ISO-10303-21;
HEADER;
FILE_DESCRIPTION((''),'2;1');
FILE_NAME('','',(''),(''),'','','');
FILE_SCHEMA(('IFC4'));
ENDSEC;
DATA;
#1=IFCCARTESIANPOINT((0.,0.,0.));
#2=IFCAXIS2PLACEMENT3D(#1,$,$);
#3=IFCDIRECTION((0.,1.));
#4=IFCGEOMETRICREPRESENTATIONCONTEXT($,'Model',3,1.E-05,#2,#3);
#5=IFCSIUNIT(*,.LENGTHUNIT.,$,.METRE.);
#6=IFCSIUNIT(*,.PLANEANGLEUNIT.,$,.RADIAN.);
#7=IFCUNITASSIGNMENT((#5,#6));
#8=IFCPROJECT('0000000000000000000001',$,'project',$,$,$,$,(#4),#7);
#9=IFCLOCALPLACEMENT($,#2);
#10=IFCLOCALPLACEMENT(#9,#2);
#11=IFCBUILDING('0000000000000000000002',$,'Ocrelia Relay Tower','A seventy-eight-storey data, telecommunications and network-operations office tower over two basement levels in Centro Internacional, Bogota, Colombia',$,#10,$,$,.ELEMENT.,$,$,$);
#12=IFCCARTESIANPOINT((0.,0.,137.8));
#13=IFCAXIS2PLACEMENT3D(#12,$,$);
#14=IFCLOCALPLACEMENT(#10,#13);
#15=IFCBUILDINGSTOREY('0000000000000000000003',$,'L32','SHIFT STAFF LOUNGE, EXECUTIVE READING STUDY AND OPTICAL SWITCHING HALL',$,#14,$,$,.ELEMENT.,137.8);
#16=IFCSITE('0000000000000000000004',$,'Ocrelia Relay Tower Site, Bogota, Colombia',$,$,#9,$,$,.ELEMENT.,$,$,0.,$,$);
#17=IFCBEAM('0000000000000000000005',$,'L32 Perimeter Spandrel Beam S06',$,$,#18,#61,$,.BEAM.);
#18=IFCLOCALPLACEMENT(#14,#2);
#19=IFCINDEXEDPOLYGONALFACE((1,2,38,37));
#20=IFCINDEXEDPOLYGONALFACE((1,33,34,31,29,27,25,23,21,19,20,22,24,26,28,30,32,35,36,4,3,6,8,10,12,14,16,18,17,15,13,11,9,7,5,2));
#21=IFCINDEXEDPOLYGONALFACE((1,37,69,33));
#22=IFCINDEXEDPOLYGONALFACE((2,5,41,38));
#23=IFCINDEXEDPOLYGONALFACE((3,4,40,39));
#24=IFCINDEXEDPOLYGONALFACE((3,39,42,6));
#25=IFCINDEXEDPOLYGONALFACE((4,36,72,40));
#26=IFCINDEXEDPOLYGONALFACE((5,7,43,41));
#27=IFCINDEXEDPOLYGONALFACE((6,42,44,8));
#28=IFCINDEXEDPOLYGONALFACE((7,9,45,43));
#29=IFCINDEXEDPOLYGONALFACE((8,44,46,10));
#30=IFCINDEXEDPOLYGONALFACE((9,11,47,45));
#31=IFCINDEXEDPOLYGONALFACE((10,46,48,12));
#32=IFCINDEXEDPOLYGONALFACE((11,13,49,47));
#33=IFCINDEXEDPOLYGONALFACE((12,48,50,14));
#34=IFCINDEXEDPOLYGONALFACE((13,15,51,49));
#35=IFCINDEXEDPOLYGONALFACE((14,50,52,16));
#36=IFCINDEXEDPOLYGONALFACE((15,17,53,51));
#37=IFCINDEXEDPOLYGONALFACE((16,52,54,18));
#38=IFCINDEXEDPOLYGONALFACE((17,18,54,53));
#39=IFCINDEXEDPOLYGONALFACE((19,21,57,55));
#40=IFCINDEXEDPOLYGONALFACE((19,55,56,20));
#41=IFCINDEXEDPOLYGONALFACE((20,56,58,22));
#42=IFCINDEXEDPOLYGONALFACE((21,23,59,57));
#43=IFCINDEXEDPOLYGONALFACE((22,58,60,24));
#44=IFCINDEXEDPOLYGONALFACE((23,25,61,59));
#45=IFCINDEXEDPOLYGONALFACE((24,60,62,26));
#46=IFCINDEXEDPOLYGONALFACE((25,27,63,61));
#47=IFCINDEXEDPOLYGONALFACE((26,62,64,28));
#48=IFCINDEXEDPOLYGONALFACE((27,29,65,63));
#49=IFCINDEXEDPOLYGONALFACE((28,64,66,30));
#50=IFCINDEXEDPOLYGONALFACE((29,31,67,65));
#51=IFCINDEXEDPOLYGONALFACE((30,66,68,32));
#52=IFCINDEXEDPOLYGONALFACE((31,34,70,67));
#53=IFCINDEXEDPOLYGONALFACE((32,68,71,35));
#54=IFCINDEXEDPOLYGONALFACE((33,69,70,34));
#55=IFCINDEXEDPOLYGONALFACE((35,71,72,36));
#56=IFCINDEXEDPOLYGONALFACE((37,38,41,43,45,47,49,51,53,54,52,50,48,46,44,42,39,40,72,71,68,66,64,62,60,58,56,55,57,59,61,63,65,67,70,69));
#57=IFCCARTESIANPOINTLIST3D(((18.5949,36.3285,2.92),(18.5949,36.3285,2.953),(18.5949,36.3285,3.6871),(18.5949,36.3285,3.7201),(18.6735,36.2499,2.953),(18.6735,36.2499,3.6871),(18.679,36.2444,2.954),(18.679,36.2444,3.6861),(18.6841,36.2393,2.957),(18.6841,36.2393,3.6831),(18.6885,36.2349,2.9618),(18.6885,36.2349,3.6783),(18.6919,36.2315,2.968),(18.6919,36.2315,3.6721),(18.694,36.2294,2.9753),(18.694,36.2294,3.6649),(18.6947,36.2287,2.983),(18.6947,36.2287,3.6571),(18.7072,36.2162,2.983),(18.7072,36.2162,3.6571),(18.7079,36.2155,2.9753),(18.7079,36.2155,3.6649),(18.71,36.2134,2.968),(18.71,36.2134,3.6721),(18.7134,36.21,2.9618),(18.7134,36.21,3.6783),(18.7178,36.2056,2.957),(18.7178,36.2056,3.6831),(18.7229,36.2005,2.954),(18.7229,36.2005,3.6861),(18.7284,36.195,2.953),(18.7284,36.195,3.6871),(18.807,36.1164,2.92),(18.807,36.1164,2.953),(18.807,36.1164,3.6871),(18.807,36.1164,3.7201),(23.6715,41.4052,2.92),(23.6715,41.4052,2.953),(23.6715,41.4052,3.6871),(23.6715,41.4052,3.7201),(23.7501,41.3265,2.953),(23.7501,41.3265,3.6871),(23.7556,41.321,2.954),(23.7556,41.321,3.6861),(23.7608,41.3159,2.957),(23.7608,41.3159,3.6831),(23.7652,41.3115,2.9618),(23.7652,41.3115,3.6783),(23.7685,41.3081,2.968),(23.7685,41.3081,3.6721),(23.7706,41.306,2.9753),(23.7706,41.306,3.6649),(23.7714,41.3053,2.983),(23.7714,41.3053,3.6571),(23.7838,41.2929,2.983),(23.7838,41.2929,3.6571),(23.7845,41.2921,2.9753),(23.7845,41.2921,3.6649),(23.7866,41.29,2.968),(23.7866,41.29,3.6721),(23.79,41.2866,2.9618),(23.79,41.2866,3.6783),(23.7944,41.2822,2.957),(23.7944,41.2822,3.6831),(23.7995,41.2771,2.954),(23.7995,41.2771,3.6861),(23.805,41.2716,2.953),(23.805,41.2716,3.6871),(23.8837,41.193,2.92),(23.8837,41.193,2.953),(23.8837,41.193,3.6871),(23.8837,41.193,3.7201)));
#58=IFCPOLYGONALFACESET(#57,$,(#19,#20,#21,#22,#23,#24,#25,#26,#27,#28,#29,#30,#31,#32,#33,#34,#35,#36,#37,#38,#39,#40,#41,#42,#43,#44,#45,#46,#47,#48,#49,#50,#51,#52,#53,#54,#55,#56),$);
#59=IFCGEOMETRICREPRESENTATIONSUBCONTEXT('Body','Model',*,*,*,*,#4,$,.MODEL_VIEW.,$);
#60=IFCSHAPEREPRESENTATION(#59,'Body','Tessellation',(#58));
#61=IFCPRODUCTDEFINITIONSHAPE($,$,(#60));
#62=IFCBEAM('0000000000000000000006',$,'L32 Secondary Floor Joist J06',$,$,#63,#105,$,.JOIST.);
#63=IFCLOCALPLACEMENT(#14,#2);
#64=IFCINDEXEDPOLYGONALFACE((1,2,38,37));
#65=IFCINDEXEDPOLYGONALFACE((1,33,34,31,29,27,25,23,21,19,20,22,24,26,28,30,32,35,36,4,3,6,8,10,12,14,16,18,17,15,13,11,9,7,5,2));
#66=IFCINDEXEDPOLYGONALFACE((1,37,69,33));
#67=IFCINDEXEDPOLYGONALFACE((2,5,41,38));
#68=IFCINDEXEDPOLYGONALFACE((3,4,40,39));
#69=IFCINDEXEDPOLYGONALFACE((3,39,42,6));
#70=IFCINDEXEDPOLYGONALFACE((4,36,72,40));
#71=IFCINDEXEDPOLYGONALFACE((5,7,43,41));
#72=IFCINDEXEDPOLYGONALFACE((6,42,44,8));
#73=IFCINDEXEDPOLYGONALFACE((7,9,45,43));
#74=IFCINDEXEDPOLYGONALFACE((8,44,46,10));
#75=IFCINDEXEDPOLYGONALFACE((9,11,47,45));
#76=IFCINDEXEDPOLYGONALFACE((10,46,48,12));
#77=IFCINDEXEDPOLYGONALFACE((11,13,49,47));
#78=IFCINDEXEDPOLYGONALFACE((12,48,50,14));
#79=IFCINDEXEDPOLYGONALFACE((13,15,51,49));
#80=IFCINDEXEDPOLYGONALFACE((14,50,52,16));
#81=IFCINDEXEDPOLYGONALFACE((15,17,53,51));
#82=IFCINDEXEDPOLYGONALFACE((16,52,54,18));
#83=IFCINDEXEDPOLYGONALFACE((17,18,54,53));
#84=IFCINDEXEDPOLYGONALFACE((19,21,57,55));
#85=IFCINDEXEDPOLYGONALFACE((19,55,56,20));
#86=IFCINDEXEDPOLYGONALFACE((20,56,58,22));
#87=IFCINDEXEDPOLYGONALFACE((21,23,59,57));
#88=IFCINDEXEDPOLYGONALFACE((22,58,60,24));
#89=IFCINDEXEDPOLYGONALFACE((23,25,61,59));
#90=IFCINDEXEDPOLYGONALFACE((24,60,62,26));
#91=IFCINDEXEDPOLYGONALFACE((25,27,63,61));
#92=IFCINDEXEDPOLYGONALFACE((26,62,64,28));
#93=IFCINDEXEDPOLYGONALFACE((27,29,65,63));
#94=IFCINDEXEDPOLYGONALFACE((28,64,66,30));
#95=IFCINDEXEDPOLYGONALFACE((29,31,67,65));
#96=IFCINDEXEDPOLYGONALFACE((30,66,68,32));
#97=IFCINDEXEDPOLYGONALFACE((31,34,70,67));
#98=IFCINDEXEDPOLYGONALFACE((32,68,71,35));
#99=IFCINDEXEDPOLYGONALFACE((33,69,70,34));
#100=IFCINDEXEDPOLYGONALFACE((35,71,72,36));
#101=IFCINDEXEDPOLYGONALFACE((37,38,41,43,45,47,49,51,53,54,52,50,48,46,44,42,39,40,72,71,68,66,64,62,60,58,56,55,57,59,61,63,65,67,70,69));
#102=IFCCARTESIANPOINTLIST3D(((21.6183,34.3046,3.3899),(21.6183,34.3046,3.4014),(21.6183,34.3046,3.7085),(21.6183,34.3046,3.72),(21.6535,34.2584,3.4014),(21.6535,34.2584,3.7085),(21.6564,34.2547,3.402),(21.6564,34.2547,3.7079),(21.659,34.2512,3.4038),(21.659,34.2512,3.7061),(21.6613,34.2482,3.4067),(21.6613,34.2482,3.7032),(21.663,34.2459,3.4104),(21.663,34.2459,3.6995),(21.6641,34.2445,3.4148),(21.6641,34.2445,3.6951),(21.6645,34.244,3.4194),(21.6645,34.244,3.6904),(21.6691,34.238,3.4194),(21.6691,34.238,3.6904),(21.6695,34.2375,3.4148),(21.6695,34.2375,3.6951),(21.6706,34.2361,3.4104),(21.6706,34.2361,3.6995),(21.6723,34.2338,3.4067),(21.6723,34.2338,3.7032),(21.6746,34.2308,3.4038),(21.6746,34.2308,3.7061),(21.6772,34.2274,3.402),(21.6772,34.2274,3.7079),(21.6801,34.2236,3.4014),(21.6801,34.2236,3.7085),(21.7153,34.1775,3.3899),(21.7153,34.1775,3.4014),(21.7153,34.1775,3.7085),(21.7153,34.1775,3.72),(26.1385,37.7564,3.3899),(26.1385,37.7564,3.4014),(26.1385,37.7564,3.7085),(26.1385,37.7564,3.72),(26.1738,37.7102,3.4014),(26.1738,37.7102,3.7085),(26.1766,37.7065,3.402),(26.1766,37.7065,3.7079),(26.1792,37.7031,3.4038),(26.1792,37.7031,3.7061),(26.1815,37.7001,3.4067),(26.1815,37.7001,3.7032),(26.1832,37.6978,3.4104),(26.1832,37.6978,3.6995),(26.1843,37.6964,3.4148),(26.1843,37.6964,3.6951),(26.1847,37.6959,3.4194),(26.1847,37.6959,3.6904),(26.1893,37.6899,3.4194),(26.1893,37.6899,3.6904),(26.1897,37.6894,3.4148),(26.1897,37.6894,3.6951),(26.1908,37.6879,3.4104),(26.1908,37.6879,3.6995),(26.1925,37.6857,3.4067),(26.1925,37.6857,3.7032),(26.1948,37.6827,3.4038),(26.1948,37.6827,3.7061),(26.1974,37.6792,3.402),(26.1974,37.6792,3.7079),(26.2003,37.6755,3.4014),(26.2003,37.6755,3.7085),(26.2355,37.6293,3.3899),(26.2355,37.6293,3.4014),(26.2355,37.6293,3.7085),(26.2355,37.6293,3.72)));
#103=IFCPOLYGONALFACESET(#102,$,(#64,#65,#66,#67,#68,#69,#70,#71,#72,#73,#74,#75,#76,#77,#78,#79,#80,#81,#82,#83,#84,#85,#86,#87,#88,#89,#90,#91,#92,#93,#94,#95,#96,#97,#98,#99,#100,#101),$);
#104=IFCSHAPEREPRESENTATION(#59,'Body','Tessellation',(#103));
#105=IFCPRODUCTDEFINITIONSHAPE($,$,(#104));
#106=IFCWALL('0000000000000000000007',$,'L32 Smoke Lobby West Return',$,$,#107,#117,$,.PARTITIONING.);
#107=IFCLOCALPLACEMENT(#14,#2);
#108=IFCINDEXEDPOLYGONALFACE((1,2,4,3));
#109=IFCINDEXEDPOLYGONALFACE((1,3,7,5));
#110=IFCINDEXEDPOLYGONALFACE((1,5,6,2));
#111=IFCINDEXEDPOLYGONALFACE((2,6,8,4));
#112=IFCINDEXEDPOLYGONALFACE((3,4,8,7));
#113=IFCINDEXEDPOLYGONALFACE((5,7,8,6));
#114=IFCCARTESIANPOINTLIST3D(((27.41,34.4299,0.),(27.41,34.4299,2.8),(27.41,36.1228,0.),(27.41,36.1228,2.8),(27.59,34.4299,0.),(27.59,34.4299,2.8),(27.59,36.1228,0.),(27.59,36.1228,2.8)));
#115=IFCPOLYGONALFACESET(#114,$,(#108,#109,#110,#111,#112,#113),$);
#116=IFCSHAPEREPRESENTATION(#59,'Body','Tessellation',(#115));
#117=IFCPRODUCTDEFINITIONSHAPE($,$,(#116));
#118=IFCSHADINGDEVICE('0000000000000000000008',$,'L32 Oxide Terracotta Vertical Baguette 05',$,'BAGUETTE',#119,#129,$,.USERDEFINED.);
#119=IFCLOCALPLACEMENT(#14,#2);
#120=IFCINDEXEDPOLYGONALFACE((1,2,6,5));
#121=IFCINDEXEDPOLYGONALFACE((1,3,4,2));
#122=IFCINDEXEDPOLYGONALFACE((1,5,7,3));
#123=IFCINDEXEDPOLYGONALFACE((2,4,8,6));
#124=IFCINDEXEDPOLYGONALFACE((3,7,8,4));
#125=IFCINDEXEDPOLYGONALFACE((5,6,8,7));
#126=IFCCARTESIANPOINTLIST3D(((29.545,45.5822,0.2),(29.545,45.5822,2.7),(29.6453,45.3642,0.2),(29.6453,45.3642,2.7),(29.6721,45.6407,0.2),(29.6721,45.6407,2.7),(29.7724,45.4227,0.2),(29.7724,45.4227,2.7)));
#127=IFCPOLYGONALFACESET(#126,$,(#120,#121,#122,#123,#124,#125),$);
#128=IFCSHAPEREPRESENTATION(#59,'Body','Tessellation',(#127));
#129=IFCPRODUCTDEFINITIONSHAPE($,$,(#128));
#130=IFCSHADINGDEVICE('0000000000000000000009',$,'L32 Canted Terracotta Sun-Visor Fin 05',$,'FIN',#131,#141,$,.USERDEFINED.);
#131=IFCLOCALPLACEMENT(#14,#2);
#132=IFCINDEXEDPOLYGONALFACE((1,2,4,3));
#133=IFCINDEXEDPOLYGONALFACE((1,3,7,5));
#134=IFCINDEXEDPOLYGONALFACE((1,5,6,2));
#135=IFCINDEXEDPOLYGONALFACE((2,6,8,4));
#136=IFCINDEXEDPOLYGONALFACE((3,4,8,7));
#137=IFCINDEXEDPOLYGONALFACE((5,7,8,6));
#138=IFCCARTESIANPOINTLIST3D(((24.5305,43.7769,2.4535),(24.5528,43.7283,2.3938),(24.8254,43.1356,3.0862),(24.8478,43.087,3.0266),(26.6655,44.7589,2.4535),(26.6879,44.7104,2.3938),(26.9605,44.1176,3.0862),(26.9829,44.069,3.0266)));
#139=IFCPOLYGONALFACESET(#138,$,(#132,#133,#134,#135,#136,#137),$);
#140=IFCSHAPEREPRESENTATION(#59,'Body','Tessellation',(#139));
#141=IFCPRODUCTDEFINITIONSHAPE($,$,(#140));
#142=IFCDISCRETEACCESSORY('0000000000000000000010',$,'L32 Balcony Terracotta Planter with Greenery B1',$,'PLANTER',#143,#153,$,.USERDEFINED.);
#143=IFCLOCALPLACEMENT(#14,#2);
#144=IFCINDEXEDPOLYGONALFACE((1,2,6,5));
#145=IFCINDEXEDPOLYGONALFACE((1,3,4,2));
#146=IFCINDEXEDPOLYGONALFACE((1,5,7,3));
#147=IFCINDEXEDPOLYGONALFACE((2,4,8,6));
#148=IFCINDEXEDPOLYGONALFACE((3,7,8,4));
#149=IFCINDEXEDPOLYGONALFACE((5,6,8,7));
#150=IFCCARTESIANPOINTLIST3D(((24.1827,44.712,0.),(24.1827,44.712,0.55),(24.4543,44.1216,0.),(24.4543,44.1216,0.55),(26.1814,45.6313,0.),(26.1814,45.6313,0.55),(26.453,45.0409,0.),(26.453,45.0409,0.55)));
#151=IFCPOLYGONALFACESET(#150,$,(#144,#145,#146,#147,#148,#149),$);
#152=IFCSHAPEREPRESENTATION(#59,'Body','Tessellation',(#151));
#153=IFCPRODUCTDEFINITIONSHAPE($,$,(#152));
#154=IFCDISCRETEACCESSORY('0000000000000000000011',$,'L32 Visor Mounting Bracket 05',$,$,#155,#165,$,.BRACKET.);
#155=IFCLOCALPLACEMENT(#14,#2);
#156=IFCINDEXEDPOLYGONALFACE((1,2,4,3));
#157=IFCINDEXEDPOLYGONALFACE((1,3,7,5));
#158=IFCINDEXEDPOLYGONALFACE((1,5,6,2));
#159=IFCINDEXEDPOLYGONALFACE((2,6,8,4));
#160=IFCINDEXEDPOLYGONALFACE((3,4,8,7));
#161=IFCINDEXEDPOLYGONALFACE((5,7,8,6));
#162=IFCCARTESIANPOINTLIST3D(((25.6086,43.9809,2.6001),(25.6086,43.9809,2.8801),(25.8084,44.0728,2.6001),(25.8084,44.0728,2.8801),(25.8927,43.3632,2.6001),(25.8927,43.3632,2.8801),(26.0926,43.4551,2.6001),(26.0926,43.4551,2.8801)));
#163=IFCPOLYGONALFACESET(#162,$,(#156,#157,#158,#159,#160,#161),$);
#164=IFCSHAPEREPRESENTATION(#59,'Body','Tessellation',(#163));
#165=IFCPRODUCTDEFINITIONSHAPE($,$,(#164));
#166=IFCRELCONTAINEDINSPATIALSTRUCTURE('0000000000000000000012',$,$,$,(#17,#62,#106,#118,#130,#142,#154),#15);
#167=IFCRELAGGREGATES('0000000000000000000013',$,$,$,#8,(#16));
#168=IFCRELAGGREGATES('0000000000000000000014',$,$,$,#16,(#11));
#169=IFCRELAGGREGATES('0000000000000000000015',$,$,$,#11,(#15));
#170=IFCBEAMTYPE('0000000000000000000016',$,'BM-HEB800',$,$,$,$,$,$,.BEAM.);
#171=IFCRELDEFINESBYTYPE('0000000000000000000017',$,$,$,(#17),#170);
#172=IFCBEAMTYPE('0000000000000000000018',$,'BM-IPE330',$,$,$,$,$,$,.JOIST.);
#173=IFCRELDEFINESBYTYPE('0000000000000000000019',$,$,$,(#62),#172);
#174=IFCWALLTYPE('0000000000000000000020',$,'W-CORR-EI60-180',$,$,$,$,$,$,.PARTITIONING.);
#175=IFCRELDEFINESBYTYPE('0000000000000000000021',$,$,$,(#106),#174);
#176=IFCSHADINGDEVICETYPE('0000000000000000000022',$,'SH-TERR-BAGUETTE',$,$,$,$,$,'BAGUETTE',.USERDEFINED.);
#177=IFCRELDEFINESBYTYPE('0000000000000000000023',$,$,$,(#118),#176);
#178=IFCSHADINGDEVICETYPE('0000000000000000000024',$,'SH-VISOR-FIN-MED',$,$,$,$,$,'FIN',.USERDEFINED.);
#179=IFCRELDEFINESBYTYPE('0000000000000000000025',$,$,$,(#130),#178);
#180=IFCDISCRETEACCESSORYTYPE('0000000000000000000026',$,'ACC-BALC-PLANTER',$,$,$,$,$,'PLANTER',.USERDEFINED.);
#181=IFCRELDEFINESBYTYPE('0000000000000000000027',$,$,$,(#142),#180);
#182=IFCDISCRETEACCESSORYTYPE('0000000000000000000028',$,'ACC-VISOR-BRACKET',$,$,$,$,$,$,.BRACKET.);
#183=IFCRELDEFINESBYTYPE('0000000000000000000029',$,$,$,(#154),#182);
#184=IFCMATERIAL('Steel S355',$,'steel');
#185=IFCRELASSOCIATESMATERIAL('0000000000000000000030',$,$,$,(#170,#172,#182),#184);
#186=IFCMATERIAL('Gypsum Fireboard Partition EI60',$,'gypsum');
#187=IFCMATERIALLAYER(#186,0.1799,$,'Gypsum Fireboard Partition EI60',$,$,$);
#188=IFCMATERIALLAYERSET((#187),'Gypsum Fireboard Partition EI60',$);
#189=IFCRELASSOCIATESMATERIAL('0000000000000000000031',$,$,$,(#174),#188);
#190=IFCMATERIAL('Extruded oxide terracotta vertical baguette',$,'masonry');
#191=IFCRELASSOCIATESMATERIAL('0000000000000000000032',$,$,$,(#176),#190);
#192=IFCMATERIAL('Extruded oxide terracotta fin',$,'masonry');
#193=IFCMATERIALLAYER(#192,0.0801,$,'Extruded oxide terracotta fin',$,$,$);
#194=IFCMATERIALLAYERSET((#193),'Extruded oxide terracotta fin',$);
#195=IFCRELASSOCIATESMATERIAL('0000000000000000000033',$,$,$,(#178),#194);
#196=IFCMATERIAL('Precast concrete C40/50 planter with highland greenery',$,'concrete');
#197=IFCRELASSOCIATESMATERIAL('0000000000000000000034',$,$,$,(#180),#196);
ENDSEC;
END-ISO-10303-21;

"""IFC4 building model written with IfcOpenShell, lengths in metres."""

from ifc_helpers import new_model, si_unit, direction, frame, frame_2d, origin, origin_2d, place, context, subcontext, project, spatial, rectangle, i_section, extrude, material, layer, layer_set, material_profile, profile_set, type_object, element, save


model = new_model("IFC4")

# Units and contexts
model_context = context("Model", 3, precision=1e-05, world=origin(), true_north=direction((0.0, 1.0)))
body_context = subcontext(model_context, "Body", "Model", "MODEL_VIEW")
ifc_project = project(units=[si_unit("LENGTHUNIT", "METRE"), si_unit("PLANEANGLEUNIT", "RADIAN")], contexts=[model_context])

# Site, building, storey
site_placement = place(None, origin())
site = spatial("IfcSite", under=ifc_project, at=site_placement, Name="Ocrelia Relay Tower Site, Bogota, Colombia", CompositionType="ELEMENT", RefElevation=0.0)
building_placement = place(site_placement, origin())
building = spatial("IfcBuilding", under=site, at=building_placement, Name="Ocrelia Relay Tower", Description="A seventy-eight-storey data, telecommunications and network-operations office tower over two basement levels in Centro Internacional, Bogota, Colombia", CompositionType="ELEMENT")
storey_placement = place(building_placement, frame((0.0, 0.0, 137.8)))
storey = spatial("IfcBuildingStorey", under=building, at=storey_placement, Name="L32", Description="SHIFT STAFF LOUNGE, EXECUTIVE READING STUDY AND OPTICAL SWITCHING HALL", CompositionType="ELEMENT", Elevation=137.8)

# Beams
ifc_material_1 = material(Name="Steel S355", Category="steel")
ifc_material_profile_1 = material_profile(ifc_material_1, i_section(OverallWidth=0.3, OverallDepth=0.8, WebThickness=0.0176, FlangeThickness=0.033, FilletRadius=0.03, at=origin_2d()), Name="HEB 800")
ifc_profile_set_1 = profile_set([ifc_material_profile_1], Name="Steel S355")
beam_type_1 = type_object("IfcBeamType", Name="BM-HEB800", PredefinedType="BEAM", material=ifc_profile_set_1)
beam_1_placement = place(storey_placement, frame((23.7776, 41.2991, 3.3201), z_axis=(-0.707107, -0.707107, 0.0), x_axis=(0.707107, -0.707107, 0.0)))
element("IfcBeam", 1, at=beam_1_placement, inside=storey, type_object=beam_type_1, Name="L32 Perimeter Spandrel Beam S06", PredefinedType="BEAM", context=body_context, shape_type="SweptSolid", body=[
    extrude(i_section(OverallWidth=0.3, OverallDepth=0.8, WebThickness=0.0176, FlangeThickness=0.033, FilletRadius=0.03, at=origin_2d()), origin(), (0.0, 0.0, 1.0), 7.1794),
])
ifc_material_profile_2 = material_profile(ifc_material_1, i_section(OverallWidth=0.1599, OverallDepth=0.3301, WebThickness=0.0076, FlangeThickness=0.0115, FilletRadius=0.0181, at=origin_2d()), Name="IPE 330")
ifc_profile_set_2 = profile_set([ifc_material_profile_2], Name="Steel S355")
beam_type_2 = type_object("IfcBeamType", Name="BM-IPE330", PredefinedType="JOIST", material=ifc_profile_set_2)
beam_2_placement = place(storey_placement, frame((26.187, 37.6929, 3.5549), z_axis=(-0.794762, -0.606921, 0.0), x_axis=(0.606921, -0.794762, 0.0)))
element("IfcBeam", 2, at=beam_2_placement, inside=storey, type_object=beam_type_2, Name="L32 Secondary Floor Joist J06", PredefinedType="JOIST", context=body_context, shape_type="SweptSolid", body=[
    extrude(i_section(OverallWidth=0.1599, OverallDepth=0.3301, WebThickness=0.0076, FlangeThickness=0.0115, FilletRadius=0.0181, at=origin_2d()), origin(), (0.0, 0.0, 1.0), 5.6875),
])

# Wall
ifc_material_2 = material(Name="Gypsum Fireboard Partition EI60", Category="gypsum")
ifc_layer_1 = layer(ifc_material_2, 0.1799, Name="Gypsum Fireboard Partition EI60")
ifc_layer_set_1 = layer_set([ifc_layer_1], Name="Gypsum Fireboard Partition EI60")
wall_type_1 = type_object("IfcWallType", Name="W-CORR-EI60-180", PredefinedType="PARTITIONING", material=ifc_layer_set_1)
wall_1_placement = place(storey_placement, frame((27.5, 34.4299, 0.0), z_axis=(0.0, 0.0, 1.0), x_axis=(0.0, 1.0, 0.0)))
element("IfcWall", 3, at=wall_1_placement, inside=storey, type_object=wall_type_1, Name="L32 Smoke Lobby West Return", PredefinedType="PARTITIONING", context=body_context, shape_type="SweptSolid", body=[
    extrude(rectangle(XDim=1.6929, YDim=0.1799, at=frame_2d((0.8464, 0.0))), origin(), (0.0, 0.0, 1.0), 2.8),
])

# Shading devices
ifc_material_3 = material(Name="Extruded oxide terracotta vertical baguette", Category="masonry")
shading_device_type_1 = type_object("IfcShadingDeviceType", Name="SH-TERR-BAGUETTE", ElementType="BAGUETTE", PredefinedType="USERDEFINED", material=ifc_material_3)
shading_device_1_placement = place(storey_placement, frame((29.6587, 45.5024, 0.2), z_axis=(0.0, 0.0, 1.0), x_axis=(-0.90851, -0.417863, 0.0)))
element("IfcShadingDevice", 4, at=shading_device_1_placement, inside=storey, type_object=shading_device_type_1, Name="L32 Oxide Terracotta Vertical Baguette 05", ObjectType="BAGUETTE", PredefinedType="USERDEFINED", context=body_context, shape_type="SweptSolid", body=[
    extrude(rectangle(XDim=0.1399, YDim=0.24, at=origin_2d()), origin(), (0.0, 0.0, 1.0), 2.5),
])
ifc_material_4 = material(Name="Extruded oxide terracotta fin", Category="masonry")
ifc_layer_2 = layer(ifc_material_4, 0.0801, Name="Extruded oxide terracotta fin")
ifc_layer_set_2 = layer_set([ifc_layer_2], Name="Extruded oxide terracotta fin")
shading_device_type_2 = type_object("IfcShadingDeviceType", Name="SH-VISOR-FIN-MED", ElementType="FIN", PredefinedType="USERDEFINED", material=ifc_layer_set_2)
shading_device_2_placement = place(storey_placement, frame((25.7678, 43.8987, 2.7102), z_axis=(-0.2789, 0.606378, 0.744661), x_axis=(-0.90851, -0.417863, 0.0)))
element("IfcShadingDevice", 5, at=shading_device_2_placement, inside=storey, type_object=shading_device_type_2, Name="L32 Canted Terracotta Sun-Visor Fin 05", ObjectType="FIN", PredefinedType="USERDEFINED", context=body_context, shape_type="SweptSolid", body=[
    extrude(rectangle(XDim=2.3501, YDim=0.948, at=origin_2d()), origin(), (0.0, 0.0, 1.0), 0.0801),
])

# Discrete accessories
ifc_material_5 = material(Name="Precast concrete C40/50 planter with highland greenery", Category="concrete")
discrete_accessory_type_1 = type_object("IfcDiscreteAccessoryType", Name="ACC-BALC-PLANTER", ElementType="PLANTER", PredefinedType="USERDEFINED", material=ifc_material_5)
discrete_accessory_1_placement = place(storey_placement, frame((25.3179, 44.8765, 0.0), z_axis=(0.0, 0.0, 1.0), x_axis=(0.908509, 0.417865, 0.0)))
element("IfcDiscreteAccessory", 6, at=discrete_accessory_1_placement, inside=storey, type_object=discrete_accessory_type_1, Name="L32 Balcony Terracotta Planter with Greenery B1", ObjectType="PLANTER", PredefinedType="USERDEFINED", context=body_context, shape_type="SweptSolid", body=[
    extrude(rectangle(XDim=2.2, YDim=0.6499, at=origin_2d()), origin(), (0.0, 0.0, 1.0), 0.55),
])
discrete_accessory_type_2 = type_object("IfcDiscreteAccessoryType", Name="ACC-VISOR-BRACKET", PredefinedType="BRACKET", material=ifc_material_1)
discrete_accessory_2_placement = place(storey_placement, frame((25.8506, 43.718, 2.6001), z_axis=(0.0, 0.0, 1.0), x_axis=(-0.90851, -0.417863, 0.0)))
element("IfcDiscreteAccessory", 7, at=discrete_accessory_2_placement, inside=storey, type_object=discrete_accessory_type_2, Name="L32 Visor Mounting Bracket 05", PredefinedType="BRACKET", context=body_context, shape_type="SweptSolid", body=[
    extrude(rectangle(XDim=0.22, YDim=0.6799, at=origin_2d()), origin(), (0.0, 0.0, 1.0), 0.28),
])

save(model, "model.ifc")
